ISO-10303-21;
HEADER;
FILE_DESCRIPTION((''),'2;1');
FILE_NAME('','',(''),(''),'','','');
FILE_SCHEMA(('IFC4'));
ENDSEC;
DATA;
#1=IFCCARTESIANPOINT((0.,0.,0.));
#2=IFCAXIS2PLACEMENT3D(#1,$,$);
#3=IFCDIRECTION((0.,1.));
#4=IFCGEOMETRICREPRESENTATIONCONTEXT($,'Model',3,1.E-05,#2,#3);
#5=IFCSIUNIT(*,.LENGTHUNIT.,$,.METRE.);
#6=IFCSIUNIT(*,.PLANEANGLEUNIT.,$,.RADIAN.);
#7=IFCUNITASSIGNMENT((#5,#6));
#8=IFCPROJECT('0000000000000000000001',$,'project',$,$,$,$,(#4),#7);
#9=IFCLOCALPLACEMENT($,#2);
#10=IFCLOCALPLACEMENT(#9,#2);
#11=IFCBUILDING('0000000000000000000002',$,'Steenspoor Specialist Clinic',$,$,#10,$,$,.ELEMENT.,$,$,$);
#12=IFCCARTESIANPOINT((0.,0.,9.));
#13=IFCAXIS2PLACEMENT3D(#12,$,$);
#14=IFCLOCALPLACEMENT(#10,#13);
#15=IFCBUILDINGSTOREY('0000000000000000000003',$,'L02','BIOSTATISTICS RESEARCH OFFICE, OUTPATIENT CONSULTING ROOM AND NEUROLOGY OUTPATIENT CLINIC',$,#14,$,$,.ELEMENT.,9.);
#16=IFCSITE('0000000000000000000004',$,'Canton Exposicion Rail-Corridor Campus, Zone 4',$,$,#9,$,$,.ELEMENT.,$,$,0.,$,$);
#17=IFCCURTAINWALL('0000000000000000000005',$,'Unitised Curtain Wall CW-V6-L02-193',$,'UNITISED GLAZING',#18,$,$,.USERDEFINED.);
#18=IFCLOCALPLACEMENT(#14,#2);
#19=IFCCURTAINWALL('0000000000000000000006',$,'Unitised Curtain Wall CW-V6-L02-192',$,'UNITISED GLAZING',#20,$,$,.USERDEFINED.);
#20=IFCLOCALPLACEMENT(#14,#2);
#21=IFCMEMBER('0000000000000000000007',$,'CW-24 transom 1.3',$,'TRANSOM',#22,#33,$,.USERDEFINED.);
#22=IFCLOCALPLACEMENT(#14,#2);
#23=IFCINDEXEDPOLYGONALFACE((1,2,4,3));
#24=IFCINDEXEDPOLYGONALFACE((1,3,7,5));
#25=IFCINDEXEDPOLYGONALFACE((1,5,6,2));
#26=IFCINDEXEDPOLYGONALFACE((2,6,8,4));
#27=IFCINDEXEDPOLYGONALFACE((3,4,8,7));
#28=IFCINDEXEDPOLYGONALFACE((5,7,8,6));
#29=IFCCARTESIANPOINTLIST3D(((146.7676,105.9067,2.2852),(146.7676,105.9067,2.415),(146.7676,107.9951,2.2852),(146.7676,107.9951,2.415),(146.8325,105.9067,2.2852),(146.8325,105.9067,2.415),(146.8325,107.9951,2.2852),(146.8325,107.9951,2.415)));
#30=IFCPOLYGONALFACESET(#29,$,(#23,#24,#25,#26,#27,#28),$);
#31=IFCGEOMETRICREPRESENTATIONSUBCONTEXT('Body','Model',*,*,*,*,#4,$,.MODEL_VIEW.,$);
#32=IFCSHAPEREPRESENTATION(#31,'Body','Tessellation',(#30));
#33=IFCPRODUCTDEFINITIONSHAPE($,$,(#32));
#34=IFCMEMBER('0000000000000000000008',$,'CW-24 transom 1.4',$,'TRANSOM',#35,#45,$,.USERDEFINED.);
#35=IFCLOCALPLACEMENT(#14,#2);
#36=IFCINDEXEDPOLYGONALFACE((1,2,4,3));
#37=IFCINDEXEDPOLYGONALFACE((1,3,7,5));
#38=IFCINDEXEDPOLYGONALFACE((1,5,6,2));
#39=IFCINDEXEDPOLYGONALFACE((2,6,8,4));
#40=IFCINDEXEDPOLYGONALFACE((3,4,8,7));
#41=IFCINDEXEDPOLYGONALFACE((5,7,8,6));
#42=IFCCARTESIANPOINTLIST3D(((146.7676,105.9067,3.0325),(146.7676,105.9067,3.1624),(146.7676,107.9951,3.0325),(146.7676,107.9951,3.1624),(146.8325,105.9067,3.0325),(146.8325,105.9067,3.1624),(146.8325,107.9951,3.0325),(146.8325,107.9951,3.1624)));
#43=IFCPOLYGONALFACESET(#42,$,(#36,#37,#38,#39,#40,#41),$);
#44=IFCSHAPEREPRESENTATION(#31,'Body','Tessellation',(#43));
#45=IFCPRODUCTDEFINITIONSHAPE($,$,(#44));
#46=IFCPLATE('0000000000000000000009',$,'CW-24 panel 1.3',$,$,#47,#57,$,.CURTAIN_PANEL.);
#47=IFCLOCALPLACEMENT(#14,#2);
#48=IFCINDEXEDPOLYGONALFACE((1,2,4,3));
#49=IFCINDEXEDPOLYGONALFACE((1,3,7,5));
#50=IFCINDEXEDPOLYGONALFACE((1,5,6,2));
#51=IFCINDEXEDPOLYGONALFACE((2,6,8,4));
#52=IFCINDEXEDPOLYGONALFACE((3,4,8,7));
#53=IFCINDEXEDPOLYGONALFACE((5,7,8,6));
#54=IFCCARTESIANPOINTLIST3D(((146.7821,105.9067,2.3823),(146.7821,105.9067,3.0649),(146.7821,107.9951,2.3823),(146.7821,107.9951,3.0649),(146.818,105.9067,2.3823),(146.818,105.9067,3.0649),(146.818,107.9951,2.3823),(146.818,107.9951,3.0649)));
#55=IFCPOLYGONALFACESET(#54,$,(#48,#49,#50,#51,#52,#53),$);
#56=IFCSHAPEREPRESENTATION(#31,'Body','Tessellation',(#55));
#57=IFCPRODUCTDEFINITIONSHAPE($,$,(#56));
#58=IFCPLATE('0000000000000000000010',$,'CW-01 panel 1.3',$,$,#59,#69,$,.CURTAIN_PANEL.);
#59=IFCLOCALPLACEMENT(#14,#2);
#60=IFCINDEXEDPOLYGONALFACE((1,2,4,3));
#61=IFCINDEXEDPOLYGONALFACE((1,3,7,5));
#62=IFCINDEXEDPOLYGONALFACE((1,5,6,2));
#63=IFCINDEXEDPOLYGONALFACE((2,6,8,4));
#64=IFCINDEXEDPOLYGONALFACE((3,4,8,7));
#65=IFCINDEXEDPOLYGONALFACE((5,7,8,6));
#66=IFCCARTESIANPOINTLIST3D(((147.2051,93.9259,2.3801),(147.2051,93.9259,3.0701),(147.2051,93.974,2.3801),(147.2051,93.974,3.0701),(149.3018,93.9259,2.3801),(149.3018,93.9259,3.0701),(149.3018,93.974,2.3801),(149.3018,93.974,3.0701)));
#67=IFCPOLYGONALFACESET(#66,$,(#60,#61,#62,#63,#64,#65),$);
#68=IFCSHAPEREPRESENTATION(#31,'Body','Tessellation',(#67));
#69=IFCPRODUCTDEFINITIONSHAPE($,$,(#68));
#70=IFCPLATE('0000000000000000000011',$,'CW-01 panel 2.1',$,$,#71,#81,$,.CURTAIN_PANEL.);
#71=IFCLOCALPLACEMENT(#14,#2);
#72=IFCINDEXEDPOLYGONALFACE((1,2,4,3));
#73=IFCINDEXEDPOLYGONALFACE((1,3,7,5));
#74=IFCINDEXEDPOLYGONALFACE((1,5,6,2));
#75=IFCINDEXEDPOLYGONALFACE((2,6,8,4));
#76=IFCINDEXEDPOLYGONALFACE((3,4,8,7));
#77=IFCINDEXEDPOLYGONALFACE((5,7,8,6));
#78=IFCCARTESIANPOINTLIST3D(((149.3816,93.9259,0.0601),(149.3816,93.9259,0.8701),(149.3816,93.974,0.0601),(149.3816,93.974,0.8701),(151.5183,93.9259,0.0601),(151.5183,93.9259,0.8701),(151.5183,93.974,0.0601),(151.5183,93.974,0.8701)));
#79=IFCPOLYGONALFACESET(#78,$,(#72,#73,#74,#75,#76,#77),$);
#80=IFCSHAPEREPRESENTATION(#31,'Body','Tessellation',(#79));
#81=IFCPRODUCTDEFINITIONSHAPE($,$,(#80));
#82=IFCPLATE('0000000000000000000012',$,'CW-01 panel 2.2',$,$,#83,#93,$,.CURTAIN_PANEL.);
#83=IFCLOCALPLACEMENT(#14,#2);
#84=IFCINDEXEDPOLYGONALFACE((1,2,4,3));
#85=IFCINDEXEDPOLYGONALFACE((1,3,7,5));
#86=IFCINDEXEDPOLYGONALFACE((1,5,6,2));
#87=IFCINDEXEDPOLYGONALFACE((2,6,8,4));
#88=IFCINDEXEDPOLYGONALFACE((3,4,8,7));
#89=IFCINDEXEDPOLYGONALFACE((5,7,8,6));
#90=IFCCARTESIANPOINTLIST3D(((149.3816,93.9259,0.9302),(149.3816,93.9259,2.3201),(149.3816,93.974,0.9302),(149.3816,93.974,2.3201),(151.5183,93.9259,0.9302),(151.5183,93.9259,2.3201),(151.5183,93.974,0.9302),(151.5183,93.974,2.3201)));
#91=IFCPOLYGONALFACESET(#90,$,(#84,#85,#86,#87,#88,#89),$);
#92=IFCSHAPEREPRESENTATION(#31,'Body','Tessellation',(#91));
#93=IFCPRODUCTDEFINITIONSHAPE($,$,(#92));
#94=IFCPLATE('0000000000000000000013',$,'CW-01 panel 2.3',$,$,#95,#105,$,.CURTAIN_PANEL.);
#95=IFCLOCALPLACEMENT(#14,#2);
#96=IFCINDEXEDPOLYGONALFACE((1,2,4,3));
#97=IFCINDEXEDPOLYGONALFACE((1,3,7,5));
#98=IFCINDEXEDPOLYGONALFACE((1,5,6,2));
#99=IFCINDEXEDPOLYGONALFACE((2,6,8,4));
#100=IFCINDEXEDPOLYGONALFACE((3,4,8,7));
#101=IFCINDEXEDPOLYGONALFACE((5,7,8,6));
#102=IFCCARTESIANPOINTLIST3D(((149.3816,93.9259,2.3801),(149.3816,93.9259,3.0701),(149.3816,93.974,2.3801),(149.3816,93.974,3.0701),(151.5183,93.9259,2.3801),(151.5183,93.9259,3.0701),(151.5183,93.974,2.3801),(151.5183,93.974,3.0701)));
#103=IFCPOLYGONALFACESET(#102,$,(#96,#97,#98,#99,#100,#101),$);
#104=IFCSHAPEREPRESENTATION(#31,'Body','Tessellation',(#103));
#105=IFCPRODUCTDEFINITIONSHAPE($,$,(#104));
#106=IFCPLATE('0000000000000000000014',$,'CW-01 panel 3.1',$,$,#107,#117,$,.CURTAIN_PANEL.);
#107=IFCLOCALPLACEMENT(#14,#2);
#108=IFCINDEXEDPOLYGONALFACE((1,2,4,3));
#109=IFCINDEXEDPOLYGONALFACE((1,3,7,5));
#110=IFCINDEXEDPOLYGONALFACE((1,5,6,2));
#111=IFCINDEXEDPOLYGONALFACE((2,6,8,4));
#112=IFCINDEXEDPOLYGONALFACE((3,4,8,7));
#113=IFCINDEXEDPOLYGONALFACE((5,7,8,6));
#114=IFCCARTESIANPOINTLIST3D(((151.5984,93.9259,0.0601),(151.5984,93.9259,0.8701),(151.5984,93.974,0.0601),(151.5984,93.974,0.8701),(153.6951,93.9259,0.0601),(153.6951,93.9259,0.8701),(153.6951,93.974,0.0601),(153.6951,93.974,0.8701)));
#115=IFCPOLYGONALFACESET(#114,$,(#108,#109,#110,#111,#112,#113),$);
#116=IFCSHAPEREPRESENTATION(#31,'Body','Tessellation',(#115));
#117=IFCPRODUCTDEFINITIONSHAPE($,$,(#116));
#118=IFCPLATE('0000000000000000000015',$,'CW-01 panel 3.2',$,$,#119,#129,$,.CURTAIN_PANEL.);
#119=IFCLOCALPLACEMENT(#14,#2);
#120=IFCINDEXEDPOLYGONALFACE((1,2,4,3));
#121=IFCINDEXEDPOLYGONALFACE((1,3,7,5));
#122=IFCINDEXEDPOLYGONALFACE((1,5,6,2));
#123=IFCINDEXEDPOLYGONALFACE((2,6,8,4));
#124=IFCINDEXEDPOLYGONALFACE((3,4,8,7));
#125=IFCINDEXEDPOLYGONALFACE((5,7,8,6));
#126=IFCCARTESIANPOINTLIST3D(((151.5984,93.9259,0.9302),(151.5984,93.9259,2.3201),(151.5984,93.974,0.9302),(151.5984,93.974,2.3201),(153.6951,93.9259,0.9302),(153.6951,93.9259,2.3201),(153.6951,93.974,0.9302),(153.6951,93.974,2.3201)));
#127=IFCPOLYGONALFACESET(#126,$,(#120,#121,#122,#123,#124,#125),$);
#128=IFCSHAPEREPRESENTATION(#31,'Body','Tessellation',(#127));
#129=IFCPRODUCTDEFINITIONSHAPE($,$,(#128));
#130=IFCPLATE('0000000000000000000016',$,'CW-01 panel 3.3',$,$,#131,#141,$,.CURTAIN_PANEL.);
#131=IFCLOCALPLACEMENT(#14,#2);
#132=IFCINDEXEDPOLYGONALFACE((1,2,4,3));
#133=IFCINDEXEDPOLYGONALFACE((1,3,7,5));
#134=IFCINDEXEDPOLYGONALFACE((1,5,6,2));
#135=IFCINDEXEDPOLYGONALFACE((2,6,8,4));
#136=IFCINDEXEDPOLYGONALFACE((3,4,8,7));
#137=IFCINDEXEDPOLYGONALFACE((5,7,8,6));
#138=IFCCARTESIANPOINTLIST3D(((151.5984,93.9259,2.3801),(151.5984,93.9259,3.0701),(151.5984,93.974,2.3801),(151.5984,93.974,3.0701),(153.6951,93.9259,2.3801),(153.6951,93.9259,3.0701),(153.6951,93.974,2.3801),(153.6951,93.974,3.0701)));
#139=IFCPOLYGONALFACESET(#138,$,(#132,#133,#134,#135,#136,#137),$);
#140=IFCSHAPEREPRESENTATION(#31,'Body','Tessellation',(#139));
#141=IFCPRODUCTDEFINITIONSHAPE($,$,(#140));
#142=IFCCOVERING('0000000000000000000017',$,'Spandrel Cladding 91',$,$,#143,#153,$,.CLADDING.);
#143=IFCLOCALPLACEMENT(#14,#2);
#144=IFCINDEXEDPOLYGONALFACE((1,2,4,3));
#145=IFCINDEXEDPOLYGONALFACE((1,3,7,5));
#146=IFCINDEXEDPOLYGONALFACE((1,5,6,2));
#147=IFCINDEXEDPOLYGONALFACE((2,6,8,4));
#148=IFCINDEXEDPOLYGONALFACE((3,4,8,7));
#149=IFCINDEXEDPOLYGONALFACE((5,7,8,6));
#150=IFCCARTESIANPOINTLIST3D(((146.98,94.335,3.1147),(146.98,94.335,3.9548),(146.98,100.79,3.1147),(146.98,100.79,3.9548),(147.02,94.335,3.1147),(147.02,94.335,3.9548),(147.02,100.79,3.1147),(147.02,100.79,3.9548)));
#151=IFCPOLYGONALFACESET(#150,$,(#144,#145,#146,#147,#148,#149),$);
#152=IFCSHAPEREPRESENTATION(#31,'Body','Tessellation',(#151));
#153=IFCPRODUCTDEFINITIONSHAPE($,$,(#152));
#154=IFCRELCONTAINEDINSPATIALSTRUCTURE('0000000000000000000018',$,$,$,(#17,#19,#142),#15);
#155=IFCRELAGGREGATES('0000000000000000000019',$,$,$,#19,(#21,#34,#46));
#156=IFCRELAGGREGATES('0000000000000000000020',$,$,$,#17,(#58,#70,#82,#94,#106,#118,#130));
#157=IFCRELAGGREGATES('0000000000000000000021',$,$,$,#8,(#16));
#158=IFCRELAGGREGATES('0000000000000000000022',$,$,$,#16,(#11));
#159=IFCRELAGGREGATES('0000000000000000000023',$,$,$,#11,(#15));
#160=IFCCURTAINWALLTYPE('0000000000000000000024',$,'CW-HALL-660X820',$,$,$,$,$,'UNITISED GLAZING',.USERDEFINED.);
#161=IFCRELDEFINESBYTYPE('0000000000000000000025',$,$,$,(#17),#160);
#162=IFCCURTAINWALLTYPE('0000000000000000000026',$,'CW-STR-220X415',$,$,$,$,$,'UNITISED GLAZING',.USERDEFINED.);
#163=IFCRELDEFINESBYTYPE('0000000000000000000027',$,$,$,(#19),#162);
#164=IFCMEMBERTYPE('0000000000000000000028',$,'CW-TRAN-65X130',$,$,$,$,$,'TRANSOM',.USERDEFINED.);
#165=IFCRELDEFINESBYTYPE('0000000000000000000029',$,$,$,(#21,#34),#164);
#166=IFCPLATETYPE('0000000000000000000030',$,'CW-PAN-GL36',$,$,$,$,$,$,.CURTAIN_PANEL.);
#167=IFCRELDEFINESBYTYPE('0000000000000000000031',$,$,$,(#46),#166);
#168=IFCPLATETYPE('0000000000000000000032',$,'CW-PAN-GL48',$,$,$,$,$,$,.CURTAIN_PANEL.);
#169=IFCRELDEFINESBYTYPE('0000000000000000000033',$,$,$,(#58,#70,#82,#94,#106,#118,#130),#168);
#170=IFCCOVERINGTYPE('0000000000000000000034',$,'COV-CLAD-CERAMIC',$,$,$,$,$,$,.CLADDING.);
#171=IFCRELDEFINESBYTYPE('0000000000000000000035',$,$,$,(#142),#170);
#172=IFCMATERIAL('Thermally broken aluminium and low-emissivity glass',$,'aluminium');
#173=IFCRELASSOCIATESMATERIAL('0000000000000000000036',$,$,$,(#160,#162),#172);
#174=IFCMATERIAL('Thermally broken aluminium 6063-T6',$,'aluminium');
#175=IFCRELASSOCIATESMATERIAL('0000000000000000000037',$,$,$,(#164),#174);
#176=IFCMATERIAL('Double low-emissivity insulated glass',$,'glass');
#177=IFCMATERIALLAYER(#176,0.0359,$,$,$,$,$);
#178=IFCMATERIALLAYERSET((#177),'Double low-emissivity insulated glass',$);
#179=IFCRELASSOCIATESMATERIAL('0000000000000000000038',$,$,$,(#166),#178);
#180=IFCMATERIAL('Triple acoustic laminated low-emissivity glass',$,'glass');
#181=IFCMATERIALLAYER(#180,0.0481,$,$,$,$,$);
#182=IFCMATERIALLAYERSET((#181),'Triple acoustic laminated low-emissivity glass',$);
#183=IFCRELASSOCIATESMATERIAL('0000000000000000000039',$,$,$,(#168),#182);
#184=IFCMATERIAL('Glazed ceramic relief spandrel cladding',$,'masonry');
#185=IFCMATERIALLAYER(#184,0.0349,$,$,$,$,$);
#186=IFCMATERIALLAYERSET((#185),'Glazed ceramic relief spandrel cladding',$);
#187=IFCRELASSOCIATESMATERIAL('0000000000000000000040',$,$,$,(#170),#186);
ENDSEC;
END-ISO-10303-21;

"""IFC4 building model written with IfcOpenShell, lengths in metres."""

from ifc_helpers import new_model, si_unit, direction, frame, origin, origin_2d, place, context, subcontext, project, spatial, rectangle, extrude, material, layer, layer_set, material_profile, profile_set, type_object, element, aggregate, save


model = new_model("IFC4")

# Units and contexts
model_context = context("Model", 3, precision=1e-05, world=origin(), true_north=direction((0.0, 1.0)))
body_context = subcontext(model_context, "Body", "Model", "MODEL_VIEW")
ifc_project = project(units=[si_unit("LENGTHUNIT", "METRE"), si_unit("PLANEANGLEUNIT", "RADIAN")], contexts=[model_context])

# Site, building, storey
site_placement = place(None, origin())
site = spatial("IfcSite", under=ifc_project, at=site_placement, Name="Canton Exposicion Rail-Corridor Campus, Zone 4", CompositionType="ELEMENT", RefElevation=0.0)
building_placement = place(site_placement, origin())
building = spatial("IfcBuilding", under=site, at=building_placement, Name="Steenspoor Specialist Clinic", CompositionType="ELEMENT")
storey_placement = place(building_placement, frame((0.0, 0.0, 9.0)))
storey = spatial("IfcBuildingStorey", under=building, at=storey_placement, Name="L02", Description="BIOSTATISTICS RESEARCH OFFICE, OUTPATIENT CONSULTING ROOM AND NEUROLOGY OUTPATIENT CLINIC", CompositionType="ELEMENT", Elevation=9.0)

# Curtain wall
ifc_material_1 = material(Name="Thermally broken aluminium and low-emissivity glass", Category="aluminium")
curtain_wall_type_1 = type_object("IfcCurtainWallType", Name="CW-HALL-660X820", ElementType="UNITISED GLAZING", PredefinedType="USERDEFINED", material=ifc_material_1)
curtain_wall_1_placement = place(storey_placement, origin())
curtain_wall_1 = element("IfcCurtainWall", 1, at=curtain_wall_1_placement, inside=storey, type_object=curtain_wall_type_1, Name="Unitised Curtain Wall CW-V6-L02-193", ObjectType="UNITISED GLAZING", PredefinedType="USERDEFINED")
ifc_material_2 = material(Name="Thermally broken aluminium 6063-T6", Category="aluminium")

# Curtain wall
curtain_wall_type_2 = type_object("IfcCurtainWallType", Name="CW-STR-220X415", ElementType="UNITISED GLAZING", PredefinedType="USERDEFINED", material=ifc_material_1)
curtain_wall_2_placement = place(storey_placement, origin())
curtain_wall_2 = element("IfcCurtainWall", 2, at=curtain_wall_2_placement, inside=storey, type_object=curtain_wall_type_2, Name="Unitised Curtain Wall CW-V6-L02-192", ObjectType="UNITISED GLAZING", PredefinedType="USERDEFINED")

# Members
ifc_material_profile_1 = material_profile(ifc_material_2, rectangle(XDim=0.0649, YDim=0.1299, at=origin_2d()), Name="CWT-65X130")
ifc_profile_set_1 = profile_set([ifc_material_profile_1], Name="Thermally broken aluminium 6063-T6")
member_type_1 = type_object("IfcMemberType", Name="CW-TRAN-65X130", ElementType="TRANSOM", PredefinedType="USERDEFINED", material=ifc_profile_set_1)
member_1_placement = place(storey_placement, frame((146.8, 107.9951, 2.3501), z_axis=(0.0, -1.0, 0.0), x_axis=(1.0, 0.0, 0.0)))
member_1 = element("IfcMember", 3, at=member_1_placement, type_object=member_type_1, Name="CW-24 transom 1.3", ObjectType="TRANSOM", PredefinedType="USERDEFINED", context=body_context, shape_type="SweptSolid", body=[
    extrude(rectangle(XDim=0.0649, YDim=0.1299, at=origin_2d()), origin(), (0.0, 0.0, 1.0), 2.0884),
])
member_2_placement = place(storey_placement, frame((146.8, 107.9951, 3.0974), z_axis=(0.0, -1.0, 0.0), x_axis=(1.0, 0.0, 0.0)))
member_2 = element("IfcMember", 4, at=member_2_placement, type_object=member_type_1, Name="CW-24 transom 1.4", ObjectType="TRANSOM", PredefinedType="USERDEFINED", context=body_context, shape_type="SweptSolid", body=[
    extrude(rectangle(XDim=0.0649, YDim=0.1299, at=origin_2d()), origin(), (0.0, 0.0, 1.0), 2.0884),
])

# Plates
ifc_material_3 = material(Name="Double low-emissivity insulated glass", Category="glass")
ifc_layer_1 = layer(ifc_material_3, 0.0359)
ifc_layer_set_1 = layer_set([ifc_layer_1], Name="Double low-emissivity insulated glass")
plate_type_1 = type_object("IfcPlateType", Name="CW-PAN-GL36", PredefinedType="CURTAIN_PANEL", material=ifc_layer_set_1)
plate_1_placement = place(storey_placement, frame((146.8, 106.9509, 2.3823), z_axis=(0.0, 0.0, 1.0), x_axis=(0.0, -1.0, 0.0)))
plate_1 = element("IfcPlate", 5, at=plate_1_placement, type_object=plate_type_1, Name="CW-24 panel 1.3", PredefinedType="CURTAIN_PANEL", context=body_context, shape_type="SweptSolid", body=[
    extrude(rectangle(XDim=2.0884, YDim=0.0359, at=origin_2d()), origin(), (0.0, 0.0, 1.0), 0.6826),
])
aggregate(curtain_wall_2, [member_1, member_2, plate_1])
ifc_material_4 = material(Name="Triple acoustic laminated low-emissivity glass", Category="glass")
ifc_layer_2 = layer(ifc_material_4, 0.0481)
ifc_layer_set_2 = layer_set([ifc_layer_2], Name="Triple acoustic laminated low-emissivity glass")
plate_type_2 = type_object("IfcPlateType", Name="CW-PAN-GL48", PredefinedType="CURTAIN_PANEL", material=ifc_layer_set_2)
plate_2_placement = place(storey_placement, frame((148.2534, 93.95, 2.3801), z_axis=(0.0, 0.0, 1.0), x_axis=(1.0, 0.0, 0.0)))
plate_2 = element("IfcPlate", 6, at=plate_2_placement, type_object=plate_type_2, Name="CW-01 panel 1.3", PredefinedType="CURTAIN_PANEL", context=body_context, shape_type="SweptSolid", body=[
    extrude(rectangle(XDim=2.0967, YDim=0.0481, at=origin_2d()), origin(), (0.0, 0.0, 1.0), 0.6899),
])
plate_3_placement = place(storey_placement, frame((150.45, 93.95, 0.0601), z_axis=(0.0, 0.0, 1.0), x_axis=(1.0, 0.0, 0.0)))
plate_3 = element("IfcPlate", 7, at=plate_3_placement, type_object=plate_type_2, Name="CW-01 panel 2.1", PredefinedType="CURTAIN_PANEL", context=body_context, shape_type="SweptSolid", body=[
    extrude(rectangle(XDim=2.1367, YDim=0.0481, at=origin_2d()), origin(), (0.0, 0.0, 1.0), 0.8101),
])
plate_4_placement = place(storey_placement, frame((150.45, 93.95, 0.9302), z_axis=(0.0, 0.0, 1.0), x_axis=(1.0, 0.0, 0.0)))
plate_4 = element("IfcPlate", 8, at=plate_4_placement, type_object=plate_type_2, Name="CW-01 panel 2.2", PredefinedType="CURTAIN_PANEL", context=body_context, shape_type="SweptSolid", body=[
    extrude(rectangle(XDim=2.1367, YDim=0.0481, at=origin_2d()), origin(), (0.0, 0.0, 1.0), 1.3899),
])
plate_5_placement = place(storey_placement, frame((150.45, 93.95, 2.3801), z_axis=(0.0, 0.0, 1.0), x_axis=(1.0, 0.0, 0.0)))
plate_5 = element("IfcPlate", 9, at=plate_5_placement, type_object=plate_type_2, Name="CW-01 panel 2.3", PredefinedType="CURTAIN_PANEL", context=body_context, shape_type="SweptSolid", body=[
    extrude(rectangle(XDim=2.1367, YDim=0.0481, at=origin_2d()), origin(), (0.0, 0.0, 1.0), 0.6899),
])
plate_6_placement = place(storey_placement, frame((152.6467, 93.95, 0.0601), z_axis=(0.0, 0.0, 1.0), x_axis=(1.0, 0.0, 0.0)))
plate_6 = element("IfcPlate", 10, at=plate_6_placement, type_object=plate_type_2, Name="CW-01 panel 3.1", PredefinedType="CURTAIN_PANEL", context=body_context, shape_type="SweptSolid", body=[
    extrude(rectangle(XDim=2.0967, YDim=0.0481, at=origin_2d()), origin(), (0.0, 0.0, 1.0), 0.8101),
])
plate_7_placement = place(storey_placement, frame((152.6467, 93.95, 0.9302), z_axis=(0.0, 0.0, 1.0), x_axis=(1.0, 0.0, 0.0)))
plate_7 = element("IfcPlate", 11, at=plate_7_placement, type_object=plate_type_2, Name="CW-01 panel 3.2", PredefinedType="CURTAIN_PANEL", context=body_context, shape_type="SweptSolid", body=[
    extrude(rectangle(XDim=2.0967, YDim=0.0481, at=origin_2d()), origin(), (0.0, 0.0, 1.0), 1.3899),
])
plate_8_placement = place(storey_placement, frame((152.6467, 93.95, 2.3801), z_axis=(0.0, 0.0, 1.0), x_axis=(1.0, 0.0, 0.0)))
plate_8 = element("IfcPlate", 12, at=plate_8_placement, type_object=plate_type_2, Name="CW-01 panel 3.3", PredefinedType="CURTAIN_PANEL", context=body_context, shape_type="SweptSolid", body=[
    extrude(rectangle(XDim=2.0967, YDim=0.0481, at=origin_2d()), origin(), (0.0, 0.0, 1.0), 0.6899),
])
aggregate(curtain_wall_1, [plate_2, plate_3, plate_4, plate_5, plate_6, plate_7, plate_8])

# Covering
ifc_material_5 = material(Name="Glazed ceramic relief spandrel cladding", Category="masonry")
ifc_layer_3 = layer(ifc_material_5, 0.0349)
ifc_layer_set_3 = layer_set([ifc_layer_3], Name="Glazed ceramic relief spandrel cladding")
covering_type = type_object("IfcCoveringType", Name="COV-CLAD-CERAMIC", PredefinedType="CLADDING", material=ifc_layer_set_3)
covering_placement = place(storey_placement, frame((147.0, 97.5625, 3.1147), z_axis=(0.0, 0.0, 1.0), x_axis=(0.0, -1.0, 0.0)))
element("IfcCovering", 13, at=covering_placement, inside=storey, type_object=covering_type, Name="Spandrel Cladding 91", PredefinedType="CLADDING", context=body_context, shape_type="SweptSolid", body=[
    extrude(rectangle(XDim=6.4551, YDim=0.04, at=origin_2d()), origin(), (0.0, 0.0, 1.0), 0.8401),
])

save(model, "model.ifc")
